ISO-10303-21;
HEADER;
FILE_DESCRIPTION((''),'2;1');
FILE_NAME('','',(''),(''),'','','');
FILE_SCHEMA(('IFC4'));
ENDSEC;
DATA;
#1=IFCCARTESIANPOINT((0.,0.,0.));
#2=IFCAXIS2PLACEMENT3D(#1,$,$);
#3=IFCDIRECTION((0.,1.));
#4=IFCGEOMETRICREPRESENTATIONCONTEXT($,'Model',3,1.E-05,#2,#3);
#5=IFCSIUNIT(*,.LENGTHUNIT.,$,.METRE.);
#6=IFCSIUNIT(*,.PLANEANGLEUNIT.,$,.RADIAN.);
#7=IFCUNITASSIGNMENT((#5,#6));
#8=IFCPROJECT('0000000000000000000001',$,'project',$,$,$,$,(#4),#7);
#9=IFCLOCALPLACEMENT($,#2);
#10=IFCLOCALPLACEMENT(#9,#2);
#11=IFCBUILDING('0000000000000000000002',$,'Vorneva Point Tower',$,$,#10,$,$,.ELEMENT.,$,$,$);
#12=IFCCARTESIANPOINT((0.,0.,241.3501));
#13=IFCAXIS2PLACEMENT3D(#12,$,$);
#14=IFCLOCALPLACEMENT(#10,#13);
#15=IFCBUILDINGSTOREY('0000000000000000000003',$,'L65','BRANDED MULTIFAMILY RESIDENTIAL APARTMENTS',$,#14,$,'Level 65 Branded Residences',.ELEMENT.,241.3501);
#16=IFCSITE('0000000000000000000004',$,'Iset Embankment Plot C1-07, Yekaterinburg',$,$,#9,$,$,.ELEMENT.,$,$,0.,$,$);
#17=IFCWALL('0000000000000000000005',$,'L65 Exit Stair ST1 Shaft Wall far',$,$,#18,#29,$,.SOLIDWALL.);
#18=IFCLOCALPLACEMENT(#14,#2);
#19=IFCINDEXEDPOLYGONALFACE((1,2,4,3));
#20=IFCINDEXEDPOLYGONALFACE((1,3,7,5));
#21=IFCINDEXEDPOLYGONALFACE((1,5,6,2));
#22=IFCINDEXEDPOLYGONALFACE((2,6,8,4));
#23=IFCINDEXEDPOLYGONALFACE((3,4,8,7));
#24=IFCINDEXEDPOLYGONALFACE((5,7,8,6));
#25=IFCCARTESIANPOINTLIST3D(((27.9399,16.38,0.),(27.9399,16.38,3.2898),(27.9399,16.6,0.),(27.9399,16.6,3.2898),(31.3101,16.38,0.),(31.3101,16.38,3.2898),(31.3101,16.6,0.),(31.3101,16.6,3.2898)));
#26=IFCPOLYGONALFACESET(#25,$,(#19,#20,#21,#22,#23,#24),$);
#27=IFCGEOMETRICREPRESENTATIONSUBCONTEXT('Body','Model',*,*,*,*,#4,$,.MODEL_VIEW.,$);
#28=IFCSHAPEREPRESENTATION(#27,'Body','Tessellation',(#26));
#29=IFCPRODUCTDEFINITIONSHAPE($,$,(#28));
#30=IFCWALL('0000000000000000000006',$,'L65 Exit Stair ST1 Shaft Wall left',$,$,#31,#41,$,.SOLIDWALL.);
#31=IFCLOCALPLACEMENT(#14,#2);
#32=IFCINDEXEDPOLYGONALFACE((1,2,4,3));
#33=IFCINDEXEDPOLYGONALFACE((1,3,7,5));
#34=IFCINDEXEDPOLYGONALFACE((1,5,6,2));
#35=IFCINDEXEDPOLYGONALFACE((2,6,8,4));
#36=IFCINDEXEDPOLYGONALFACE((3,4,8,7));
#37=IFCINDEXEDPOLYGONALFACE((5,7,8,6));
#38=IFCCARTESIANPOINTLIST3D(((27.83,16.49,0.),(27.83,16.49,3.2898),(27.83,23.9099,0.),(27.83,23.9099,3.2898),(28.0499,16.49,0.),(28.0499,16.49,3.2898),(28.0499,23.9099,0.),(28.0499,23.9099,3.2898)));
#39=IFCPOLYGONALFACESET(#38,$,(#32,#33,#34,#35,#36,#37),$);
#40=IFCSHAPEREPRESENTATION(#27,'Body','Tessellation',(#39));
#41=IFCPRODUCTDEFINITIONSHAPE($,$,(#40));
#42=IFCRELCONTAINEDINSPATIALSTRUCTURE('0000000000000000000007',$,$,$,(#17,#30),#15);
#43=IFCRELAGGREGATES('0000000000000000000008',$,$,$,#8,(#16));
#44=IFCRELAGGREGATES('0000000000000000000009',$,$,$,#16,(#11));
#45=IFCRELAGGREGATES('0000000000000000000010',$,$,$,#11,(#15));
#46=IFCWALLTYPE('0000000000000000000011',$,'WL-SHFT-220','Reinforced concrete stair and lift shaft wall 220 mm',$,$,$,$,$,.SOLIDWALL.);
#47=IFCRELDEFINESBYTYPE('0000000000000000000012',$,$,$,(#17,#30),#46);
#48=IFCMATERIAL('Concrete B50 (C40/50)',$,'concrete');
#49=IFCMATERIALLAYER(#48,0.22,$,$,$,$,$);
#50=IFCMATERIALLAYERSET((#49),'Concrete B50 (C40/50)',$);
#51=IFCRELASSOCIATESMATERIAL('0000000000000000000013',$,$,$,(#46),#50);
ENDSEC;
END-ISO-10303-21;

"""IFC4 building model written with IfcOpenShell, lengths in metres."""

from ifc_helpers import new_model, si_unit, direction, frame, frame_2d, origin, place, context, subcontext, project, spatial, rectangle, extrude, material, layer, layer_set, type_object, element, save


model = new_model("IFC4")

# Units and contexts
model_context = context("Model", 3, precision=1e-05, world=origin(), true_north=direction((0.0, 1.0)))
body_context = subcontext(model_context, "Body", "Model", "MODEL_VIEW")
ifc_project = project(units=[si_unit("LENGTHUNIT", "METRE"), si_unit("PLANEANGLEUNIT", "RADIAN")], contexts=[model_context])

# Site, building, storey
site_placement = place(None, origin())
site = spatial("IfcSite", under=ifc_project, at=site_placement, Name="Iset Embankment Plot C1-07, Yekaterinburg", CompositionType="ELEMENT", RefElevation=0.0)
building_placement = place(site_placement, origin())
building = spatial("IfcBuilding", under=site, at=building_placement, Name="Vorneva Point Tower", CompositionType="ELEMENT")
storey_placement = place(building_placement, frame((0.0, 0.0, 241.3501)))
storey = spatial("IfcBuildingStorey", under=building, at=storey_placement, Name="L65", Description="BRANDED MULTIFAMILY RESIDENTIAL APARTMENTS", LongName="Level 65 Branded Residences", CompositionType="ELEMENT", Elevation=241.3501)

# Shared definitions
ifc_material_1 = material(Name="Concrete B50 (C40/50)", Category="concrete")

# Walls
ifc_layer_1 = layer(ifc_material_1, 0.22)
ifc_layer_set_1 = layer_set([ifc_layer_1], Name="Concrete B50 (C40/50)")
wall_type_1 = type_object("IfcWallType", Name="WL-SHFT-220", Description="Reinforced concrete stair and lift shaft wall 220 mm", PredefinedType="SOLIDWALL", material=ifc_layer_set_1)
wall_1_placement = place(storey_placement, frame((31.3101, 16.49, 0.0), z_axis=(0.0, 0.0, 1.0), x_axis=(-1.0, 0.0, 0.0)))
element("IfcWall", 1, at=wall_1_placement, inside=storey, type_object=wall_type_1, Name="L65 Exit Stair ST1 Shaft Wall far", PredefinedType="SOLIDWALL", context=body_context, shape_type="SweptSolid", body=[
    extrude(rectangle(XDim=3.3701, YDim=0.22, at=frame_2d((1.6851, 0.0))), origin(), (0.0, 0.0, 1.0), 3.2898),
])
wall_2_placement = place(storey_placement, frame((27.9399, 16.49, 0.0), z_axis=(0.0, 0.0, 1.0), x_axis=(0.0, 1.0, 0.0)))
element("IfcWall", 2, at=wall_2_placement, inside=storey, type_object=wall_type_1, Name="L65 Exit Stair ST1 Shaft Wall left", PredefinedType="SOLIDWALL", context=body_context, shape_type="SweptSolid", body=[
    extrude(rectangle(XDim=7.4199, YDim=0.22, at=frame_2d((3.71, 0.0))), origin(), (0.0, 0.0, 1.0), 3.2898),
])

save(model, "model.ifc")
